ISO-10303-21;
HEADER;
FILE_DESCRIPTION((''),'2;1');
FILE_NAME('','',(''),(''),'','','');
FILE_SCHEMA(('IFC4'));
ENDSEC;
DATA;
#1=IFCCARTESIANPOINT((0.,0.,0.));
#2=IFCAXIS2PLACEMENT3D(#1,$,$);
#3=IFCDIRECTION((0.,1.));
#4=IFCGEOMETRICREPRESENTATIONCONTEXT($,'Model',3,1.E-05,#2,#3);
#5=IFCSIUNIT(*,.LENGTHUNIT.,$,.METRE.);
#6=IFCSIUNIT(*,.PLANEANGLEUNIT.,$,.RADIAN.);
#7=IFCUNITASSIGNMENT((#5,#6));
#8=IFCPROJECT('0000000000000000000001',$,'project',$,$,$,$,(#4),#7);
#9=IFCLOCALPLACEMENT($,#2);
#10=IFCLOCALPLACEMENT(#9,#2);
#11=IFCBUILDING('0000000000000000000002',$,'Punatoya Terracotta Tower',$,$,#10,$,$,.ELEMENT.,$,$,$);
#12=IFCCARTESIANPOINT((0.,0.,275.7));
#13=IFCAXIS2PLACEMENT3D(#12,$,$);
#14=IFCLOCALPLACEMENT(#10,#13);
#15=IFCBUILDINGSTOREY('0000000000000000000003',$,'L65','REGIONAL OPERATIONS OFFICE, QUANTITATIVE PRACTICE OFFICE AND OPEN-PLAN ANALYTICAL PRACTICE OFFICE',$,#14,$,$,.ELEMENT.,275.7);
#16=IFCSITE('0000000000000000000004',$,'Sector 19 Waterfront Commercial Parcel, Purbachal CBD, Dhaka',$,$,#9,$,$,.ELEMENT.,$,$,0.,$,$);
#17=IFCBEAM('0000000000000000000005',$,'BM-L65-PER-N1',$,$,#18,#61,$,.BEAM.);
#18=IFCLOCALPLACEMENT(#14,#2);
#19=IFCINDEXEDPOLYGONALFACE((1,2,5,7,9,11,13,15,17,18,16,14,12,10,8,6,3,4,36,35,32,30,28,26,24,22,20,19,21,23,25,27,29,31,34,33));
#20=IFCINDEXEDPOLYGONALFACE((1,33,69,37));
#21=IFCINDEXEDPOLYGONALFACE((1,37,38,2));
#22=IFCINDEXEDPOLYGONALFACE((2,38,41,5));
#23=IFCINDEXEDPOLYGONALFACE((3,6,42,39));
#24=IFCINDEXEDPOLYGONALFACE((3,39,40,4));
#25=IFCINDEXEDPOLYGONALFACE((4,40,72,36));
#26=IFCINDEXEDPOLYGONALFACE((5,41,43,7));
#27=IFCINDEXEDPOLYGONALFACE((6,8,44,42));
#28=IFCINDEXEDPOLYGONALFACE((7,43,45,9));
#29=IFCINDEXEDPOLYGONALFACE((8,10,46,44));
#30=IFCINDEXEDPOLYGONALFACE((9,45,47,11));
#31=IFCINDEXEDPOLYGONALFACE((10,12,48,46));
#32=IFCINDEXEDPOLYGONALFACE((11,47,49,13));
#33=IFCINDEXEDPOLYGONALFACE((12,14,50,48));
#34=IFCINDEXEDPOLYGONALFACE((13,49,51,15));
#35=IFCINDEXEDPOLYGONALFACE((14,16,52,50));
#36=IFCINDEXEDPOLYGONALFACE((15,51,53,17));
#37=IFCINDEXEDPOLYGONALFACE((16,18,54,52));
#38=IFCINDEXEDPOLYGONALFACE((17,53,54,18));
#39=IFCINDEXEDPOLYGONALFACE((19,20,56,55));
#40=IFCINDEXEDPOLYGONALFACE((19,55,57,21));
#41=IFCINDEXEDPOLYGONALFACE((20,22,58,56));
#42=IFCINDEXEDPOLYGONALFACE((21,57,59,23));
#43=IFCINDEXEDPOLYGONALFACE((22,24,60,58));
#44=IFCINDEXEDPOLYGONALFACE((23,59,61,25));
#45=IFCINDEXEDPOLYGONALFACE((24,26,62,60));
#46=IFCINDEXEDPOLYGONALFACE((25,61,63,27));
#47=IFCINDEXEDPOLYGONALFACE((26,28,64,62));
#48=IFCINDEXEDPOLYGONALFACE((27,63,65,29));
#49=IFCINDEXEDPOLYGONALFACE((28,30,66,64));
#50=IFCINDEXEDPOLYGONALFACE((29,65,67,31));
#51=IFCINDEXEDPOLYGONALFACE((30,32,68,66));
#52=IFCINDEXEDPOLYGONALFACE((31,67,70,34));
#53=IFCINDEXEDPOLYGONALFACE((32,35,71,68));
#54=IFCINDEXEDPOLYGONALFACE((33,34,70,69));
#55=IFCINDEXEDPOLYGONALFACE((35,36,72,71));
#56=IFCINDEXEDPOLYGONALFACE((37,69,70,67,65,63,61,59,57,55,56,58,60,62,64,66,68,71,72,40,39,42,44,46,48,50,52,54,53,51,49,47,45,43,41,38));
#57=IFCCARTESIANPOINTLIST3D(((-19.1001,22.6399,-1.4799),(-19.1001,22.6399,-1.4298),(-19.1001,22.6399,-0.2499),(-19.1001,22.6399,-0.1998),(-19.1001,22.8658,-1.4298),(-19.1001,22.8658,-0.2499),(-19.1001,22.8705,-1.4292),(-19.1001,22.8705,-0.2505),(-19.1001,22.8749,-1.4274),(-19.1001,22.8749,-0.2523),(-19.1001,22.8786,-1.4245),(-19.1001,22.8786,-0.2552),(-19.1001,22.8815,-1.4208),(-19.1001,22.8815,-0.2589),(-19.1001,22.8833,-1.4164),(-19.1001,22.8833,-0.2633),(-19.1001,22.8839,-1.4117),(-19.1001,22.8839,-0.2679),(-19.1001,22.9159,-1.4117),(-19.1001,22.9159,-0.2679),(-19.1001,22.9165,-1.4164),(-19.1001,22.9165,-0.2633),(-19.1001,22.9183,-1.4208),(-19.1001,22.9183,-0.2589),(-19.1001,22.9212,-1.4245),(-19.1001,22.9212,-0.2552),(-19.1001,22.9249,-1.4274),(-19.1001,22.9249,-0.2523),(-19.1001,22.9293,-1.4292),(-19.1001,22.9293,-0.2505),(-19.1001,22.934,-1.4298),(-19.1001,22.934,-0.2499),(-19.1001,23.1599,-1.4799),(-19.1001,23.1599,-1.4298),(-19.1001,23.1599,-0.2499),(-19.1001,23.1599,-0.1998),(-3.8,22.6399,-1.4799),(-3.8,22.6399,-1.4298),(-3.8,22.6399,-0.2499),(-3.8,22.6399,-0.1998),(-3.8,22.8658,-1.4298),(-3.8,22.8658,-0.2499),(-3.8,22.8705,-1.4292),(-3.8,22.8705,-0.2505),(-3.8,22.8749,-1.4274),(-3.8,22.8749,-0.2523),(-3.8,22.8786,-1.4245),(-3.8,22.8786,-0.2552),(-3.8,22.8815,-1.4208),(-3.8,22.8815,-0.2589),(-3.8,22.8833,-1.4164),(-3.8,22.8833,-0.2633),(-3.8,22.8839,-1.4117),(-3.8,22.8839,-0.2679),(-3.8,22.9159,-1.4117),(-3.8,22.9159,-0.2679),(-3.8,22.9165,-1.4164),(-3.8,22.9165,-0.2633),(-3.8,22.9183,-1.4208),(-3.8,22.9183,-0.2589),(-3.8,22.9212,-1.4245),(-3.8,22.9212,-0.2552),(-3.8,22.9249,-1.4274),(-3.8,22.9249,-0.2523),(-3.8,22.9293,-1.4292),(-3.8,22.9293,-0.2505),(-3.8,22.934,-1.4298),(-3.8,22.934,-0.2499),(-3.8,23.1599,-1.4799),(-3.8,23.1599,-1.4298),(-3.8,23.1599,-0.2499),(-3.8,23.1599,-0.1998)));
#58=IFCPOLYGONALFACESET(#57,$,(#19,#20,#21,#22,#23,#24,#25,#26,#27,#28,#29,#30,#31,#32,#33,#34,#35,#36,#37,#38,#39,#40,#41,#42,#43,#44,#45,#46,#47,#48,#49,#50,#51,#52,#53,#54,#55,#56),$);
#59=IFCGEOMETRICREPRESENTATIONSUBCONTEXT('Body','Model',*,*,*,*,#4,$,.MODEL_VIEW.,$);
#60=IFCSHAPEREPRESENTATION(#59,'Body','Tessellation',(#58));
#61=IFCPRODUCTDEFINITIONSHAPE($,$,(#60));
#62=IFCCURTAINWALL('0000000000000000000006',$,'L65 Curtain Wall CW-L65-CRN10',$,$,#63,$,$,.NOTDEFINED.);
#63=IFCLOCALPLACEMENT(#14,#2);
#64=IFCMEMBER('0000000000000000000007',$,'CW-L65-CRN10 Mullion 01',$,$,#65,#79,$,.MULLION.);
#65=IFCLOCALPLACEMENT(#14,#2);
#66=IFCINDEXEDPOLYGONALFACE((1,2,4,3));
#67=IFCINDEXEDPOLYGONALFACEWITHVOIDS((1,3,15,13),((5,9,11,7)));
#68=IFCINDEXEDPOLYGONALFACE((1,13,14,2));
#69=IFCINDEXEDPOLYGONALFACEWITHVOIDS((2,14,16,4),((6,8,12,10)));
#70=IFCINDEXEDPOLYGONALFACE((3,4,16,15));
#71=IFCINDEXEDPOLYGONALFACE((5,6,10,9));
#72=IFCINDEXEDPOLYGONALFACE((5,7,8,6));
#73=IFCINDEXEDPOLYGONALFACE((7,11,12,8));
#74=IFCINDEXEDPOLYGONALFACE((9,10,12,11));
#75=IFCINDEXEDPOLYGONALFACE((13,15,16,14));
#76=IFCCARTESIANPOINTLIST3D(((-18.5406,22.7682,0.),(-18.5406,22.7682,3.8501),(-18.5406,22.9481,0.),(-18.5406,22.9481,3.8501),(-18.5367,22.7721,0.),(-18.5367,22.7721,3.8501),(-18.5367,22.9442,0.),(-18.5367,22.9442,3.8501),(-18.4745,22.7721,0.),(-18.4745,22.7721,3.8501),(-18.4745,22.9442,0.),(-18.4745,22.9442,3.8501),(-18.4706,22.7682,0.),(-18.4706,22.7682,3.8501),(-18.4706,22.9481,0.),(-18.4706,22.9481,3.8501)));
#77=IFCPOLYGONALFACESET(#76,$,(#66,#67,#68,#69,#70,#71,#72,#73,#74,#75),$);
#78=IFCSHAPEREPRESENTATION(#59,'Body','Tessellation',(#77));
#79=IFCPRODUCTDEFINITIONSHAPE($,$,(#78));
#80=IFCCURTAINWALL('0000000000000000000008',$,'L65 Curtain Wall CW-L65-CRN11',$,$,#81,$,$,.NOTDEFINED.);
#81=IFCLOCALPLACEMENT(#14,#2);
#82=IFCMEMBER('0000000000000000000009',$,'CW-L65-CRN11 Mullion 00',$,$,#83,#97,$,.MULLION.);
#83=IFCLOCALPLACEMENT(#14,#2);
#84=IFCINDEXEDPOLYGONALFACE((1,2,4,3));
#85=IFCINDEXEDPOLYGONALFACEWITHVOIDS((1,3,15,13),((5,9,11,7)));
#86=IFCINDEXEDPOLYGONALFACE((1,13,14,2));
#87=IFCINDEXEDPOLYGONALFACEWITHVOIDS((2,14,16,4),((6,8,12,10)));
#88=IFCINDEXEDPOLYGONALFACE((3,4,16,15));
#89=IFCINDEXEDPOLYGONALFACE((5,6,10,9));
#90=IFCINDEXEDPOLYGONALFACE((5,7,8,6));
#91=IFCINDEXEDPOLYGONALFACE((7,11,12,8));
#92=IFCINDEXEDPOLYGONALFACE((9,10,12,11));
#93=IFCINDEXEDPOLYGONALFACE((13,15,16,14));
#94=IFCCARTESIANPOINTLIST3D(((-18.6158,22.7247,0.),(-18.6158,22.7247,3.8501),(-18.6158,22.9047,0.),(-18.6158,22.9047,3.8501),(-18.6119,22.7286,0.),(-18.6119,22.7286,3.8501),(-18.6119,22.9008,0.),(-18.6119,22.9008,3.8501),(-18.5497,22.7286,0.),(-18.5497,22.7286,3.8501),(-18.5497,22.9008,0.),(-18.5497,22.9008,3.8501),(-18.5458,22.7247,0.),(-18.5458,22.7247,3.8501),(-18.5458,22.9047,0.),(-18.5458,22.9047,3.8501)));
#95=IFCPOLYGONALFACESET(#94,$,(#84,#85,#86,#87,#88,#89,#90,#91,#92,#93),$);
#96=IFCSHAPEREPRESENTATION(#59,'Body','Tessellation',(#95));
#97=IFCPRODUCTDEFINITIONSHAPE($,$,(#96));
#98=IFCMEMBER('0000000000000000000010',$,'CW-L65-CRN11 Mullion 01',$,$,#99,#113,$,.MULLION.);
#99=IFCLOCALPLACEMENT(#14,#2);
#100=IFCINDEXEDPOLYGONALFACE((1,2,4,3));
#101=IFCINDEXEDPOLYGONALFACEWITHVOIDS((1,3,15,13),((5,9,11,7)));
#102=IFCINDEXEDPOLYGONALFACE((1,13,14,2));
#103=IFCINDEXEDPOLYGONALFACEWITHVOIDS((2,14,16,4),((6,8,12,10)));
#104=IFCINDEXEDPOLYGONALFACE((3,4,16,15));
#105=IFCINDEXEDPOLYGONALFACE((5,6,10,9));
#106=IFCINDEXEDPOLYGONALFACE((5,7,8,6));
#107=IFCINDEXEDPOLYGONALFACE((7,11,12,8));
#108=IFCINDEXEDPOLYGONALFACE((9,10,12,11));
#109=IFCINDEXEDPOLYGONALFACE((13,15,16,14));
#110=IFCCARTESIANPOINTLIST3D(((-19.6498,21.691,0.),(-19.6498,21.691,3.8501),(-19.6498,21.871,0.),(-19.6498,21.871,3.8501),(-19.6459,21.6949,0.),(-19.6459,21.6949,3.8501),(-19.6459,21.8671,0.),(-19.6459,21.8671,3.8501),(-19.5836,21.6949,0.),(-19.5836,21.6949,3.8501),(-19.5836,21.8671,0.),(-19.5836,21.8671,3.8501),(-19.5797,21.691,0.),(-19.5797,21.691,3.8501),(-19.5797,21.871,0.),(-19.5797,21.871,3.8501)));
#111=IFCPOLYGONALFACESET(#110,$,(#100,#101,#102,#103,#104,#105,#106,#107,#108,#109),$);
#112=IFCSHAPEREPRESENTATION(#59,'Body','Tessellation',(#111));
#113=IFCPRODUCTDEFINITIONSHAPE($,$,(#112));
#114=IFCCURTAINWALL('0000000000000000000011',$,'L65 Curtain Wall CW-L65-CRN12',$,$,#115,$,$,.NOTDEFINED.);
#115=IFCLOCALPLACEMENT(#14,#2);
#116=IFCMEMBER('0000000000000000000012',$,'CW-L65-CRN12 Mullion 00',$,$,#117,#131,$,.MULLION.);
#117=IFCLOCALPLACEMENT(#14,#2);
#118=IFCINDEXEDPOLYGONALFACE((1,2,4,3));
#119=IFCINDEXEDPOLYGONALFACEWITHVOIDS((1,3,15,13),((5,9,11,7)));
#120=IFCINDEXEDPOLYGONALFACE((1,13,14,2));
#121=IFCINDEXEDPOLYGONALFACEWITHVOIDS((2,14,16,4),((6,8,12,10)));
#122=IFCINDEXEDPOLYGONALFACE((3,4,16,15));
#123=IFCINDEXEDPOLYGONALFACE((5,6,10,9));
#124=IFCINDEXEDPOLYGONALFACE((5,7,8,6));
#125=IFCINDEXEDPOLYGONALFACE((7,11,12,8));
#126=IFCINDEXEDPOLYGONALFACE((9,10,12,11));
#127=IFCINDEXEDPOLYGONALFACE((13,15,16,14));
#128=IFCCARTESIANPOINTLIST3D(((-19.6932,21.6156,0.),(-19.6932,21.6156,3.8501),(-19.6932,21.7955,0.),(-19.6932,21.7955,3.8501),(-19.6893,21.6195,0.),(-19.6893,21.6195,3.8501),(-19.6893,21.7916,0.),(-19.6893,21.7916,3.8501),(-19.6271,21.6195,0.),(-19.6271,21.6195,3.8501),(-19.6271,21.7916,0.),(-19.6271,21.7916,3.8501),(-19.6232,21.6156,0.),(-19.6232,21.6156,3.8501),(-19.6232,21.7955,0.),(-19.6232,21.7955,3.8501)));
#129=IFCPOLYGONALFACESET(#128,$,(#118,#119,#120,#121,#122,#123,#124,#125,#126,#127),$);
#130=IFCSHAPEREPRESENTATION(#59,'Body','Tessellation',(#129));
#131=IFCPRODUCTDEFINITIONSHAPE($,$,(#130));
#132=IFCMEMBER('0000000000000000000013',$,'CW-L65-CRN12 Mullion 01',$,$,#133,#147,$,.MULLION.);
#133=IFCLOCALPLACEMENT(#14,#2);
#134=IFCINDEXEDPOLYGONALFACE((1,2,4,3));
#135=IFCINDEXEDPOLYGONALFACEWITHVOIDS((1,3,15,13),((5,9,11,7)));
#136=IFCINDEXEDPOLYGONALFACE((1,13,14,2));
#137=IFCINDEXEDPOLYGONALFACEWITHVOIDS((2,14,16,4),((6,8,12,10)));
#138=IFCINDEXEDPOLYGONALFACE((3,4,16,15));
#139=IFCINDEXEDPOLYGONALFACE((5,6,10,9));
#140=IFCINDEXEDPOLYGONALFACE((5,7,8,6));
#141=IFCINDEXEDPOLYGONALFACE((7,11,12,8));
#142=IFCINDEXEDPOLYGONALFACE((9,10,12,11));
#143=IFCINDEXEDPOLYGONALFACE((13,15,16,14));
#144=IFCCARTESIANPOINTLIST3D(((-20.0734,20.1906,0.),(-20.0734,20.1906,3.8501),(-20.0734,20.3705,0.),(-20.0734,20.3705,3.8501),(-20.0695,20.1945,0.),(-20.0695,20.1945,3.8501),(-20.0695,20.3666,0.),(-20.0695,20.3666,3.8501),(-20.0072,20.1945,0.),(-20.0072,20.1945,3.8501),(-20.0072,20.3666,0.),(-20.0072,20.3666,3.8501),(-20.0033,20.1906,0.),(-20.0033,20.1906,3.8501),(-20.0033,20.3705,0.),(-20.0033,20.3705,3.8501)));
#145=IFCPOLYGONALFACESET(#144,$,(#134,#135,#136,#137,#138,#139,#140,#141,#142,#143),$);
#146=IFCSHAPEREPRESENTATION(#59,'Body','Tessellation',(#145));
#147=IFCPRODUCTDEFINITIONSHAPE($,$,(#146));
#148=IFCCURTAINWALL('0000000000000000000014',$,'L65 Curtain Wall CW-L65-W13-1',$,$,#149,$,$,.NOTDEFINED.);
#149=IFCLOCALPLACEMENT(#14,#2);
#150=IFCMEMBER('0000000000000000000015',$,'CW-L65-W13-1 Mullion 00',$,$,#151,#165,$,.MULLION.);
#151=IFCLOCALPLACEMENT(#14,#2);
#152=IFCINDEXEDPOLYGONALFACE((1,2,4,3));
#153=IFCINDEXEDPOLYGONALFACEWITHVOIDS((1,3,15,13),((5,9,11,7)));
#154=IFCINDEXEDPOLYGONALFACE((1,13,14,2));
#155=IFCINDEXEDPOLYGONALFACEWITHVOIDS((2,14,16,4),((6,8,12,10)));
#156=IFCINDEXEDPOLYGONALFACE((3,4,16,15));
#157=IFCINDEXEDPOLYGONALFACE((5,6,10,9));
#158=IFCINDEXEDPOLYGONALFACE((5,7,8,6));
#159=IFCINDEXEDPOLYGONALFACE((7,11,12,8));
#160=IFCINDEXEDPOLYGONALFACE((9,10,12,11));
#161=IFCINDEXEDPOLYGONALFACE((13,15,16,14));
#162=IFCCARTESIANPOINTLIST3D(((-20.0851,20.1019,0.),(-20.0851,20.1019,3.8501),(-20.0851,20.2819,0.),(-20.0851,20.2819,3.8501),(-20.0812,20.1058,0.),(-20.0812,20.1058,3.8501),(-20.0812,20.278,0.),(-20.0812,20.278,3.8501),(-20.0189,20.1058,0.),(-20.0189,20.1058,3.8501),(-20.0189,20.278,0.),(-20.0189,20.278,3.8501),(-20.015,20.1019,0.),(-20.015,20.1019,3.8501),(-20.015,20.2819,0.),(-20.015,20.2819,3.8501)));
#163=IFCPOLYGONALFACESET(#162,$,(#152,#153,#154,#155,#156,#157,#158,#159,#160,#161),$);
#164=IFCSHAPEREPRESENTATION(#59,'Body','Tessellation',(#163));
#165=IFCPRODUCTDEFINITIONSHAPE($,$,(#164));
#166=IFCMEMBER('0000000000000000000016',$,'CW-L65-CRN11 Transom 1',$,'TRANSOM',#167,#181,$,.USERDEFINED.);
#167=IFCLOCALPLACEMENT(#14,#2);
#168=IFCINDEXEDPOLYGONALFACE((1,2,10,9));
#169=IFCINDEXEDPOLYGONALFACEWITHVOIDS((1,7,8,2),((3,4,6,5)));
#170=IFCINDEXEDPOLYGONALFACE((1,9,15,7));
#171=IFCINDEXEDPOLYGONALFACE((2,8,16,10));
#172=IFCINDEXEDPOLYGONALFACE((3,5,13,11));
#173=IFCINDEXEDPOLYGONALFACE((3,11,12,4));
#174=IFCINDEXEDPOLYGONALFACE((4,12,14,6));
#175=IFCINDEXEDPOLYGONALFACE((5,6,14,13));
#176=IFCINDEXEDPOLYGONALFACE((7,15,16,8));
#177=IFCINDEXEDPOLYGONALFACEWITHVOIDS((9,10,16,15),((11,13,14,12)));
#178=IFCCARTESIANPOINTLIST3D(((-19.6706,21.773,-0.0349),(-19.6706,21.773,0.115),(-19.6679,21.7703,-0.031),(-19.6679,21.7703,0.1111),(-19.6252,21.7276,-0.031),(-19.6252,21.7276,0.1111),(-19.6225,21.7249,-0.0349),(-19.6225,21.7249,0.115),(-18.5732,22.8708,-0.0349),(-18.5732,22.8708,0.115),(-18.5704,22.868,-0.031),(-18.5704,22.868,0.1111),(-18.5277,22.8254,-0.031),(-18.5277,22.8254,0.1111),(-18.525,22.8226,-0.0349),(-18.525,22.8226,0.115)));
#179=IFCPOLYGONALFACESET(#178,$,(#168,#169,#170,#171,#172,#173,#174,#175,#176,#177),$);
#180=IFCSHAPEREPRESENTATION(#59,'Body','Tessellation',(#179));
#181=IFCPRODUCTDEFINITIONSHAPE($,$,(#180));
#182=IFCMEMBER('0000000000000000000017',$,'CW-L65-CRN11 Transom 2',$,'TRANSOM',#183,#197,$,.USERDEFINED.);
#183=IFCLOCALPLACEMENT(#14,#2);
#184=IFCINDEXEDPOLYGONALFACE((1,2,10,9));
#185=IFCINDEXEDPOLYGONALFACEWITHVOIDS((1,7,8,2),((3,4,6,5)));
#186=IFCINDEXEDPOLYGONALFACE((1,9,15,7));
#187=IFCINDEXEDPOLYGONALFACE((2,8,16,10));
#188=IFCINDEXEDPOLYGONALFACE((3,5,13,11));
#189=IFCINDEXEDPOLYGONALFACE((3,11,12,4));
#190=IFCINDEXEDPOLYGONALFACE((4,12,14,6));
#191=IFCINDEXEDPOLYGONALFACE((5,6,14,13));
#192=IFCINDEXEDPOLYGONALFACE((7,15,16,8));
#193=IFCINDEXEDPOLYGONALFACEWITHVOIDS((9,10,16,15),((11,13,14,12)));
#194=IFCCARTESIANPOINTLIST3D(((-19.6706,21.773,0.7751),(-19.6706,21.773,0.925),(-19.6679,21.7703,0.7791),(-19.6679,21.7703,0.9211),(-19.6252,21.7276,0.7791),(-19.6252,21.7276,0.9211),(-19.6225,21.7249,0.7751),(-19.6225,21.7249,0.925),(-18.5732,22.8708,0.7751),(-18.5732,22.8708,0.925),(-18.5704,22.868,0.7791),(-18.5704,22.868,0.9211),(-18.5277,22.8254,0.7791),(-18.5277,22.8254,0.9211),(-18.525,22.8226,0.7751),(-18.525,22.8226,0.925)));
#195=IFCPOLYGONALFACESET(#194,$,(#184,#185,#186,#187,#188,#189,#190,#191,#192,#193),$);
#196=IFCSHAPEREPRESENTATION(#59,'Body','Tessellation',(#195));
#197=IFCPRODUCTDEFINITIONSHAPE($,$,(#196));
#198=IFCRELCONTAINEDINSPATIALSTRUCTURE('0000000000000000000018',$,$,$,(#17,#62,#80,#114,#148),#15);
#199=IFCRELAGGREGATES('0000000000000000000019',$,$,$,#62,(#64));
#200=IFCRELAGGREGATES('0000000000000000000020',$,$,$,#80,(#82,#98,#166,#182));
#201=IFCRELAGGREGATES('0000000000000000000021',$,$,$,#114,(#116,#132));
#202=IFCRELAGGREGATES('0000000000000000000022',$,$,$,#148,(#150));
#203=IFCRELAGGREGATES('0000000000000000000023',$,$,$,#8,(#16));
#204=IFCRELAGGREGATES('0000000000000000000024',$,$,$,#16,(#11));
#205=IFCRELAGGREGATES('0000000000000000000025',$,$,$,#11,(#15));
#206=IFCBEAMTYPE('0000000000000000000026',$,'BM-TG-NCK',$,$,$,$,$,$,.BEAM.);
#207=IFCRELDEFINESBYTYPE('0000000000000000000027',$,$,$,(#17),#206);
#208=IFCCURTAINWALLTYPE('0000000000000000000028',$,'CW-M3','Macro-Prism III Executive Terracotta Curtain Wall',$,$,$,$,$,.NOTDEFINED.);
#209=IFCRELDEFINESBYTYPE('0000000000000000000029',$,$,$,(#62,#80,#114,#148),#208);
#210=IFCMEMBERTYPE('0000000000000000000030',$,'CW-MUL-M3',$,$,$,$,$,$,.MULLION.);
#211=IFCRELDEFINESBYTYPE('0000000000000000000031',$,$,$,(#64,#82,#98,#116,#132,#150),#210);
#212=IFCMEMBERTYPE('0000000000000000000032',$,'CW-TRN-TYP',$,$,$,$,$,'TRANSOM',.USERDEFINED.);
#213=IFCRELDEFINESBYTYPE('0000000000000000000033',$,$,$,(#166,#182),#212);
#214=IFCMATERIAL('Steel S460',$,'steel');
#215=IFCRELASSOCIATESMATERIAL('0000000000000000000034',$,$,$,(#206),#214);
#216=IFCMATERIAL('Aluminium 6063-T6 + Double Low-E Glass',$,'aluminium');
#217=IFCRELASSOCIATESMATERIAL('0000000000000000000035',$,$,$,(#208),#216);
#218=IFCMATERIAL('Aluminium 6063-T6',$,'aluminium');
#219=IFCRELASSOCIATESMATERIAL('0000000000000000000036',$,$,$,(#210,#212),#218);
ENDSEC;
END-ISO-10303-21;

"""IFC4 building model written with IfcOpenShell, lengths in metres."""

from ifc_helpers import new_model, si_unit, direction, frame, origin, origin_2d, place, context, subcontext, project, spatial, hollow_rectangle, i_section, extrude, material, material_profile, profile_set, type_object, element, aggregate, save


model = new_model("IFC4")

# Units and contexts
model_context = context("Model", 3, precision=1e-05, world=origin(), true_north=direction((0.0, 1.0)))
body_context = subcontext(model_context, "Body", "Model", "MODEL_VIEW")
ifc_project = project(units=[si_unit("LENGTHUNIT", "METRE"), si_unit("PLANEANGLEUNIT", "RADIAN")], contexts=[model_context])

# Site, building, storey
site_placement = place(None, origin())
site = spatial("IfcSite", under=ifc_project, at=site_placement, Name="Sector 19 Waterfront Commercial Parcel, Purbachal CBD, Dhaka", CompositionType="ELEMENT", RefElevation=0.0)
building_placement = place(site_placement, origin())
building = spatial("IfcBuilding", under=site, at=building_placement, Name="Punatoya Terracotta Tower", CompositionType="ELEMENT")
storey_placement = place(building_placement, frame((0.0, 0.0, 275.7)))
storey = spatial("IfcBuildingStorey", under=building, at=storey_placement, Name="L65", Description="REGIONAL OPERATIONS OFFICE, QUANTITATIVE PRACTICE OFFICE AND OPEN-PLAN ANALYTICAL PRACTICE OFFICE", CompositionType="ELEMENT", Elevation=275.7)

# Shared definitions
ifc_material_1 = material(Name="Steel S460", Category="steel")

# Beam
ifc_material_profile_1 = material_profile(ifc_material_1, i_section(OverallWidth=0.52, OverallDepth=1.28, WebThickness=0.032, FlangeThickness=0.05, FilletRadius=0.0181, at=origin_2d()))
ifc_profile_set_1 = profile_set([ifc_material_profile_1], Name="Steel S460")
beam_type_1 = type_object("IfcBeamType", Name="BM-TG-NCK", PredefinedType="BEAM", material=ifc_profile_set_1)
beam_1_placement = place(storey_placement, frame((-19.1001, 22.8999, -0.8398), z_axis=(1.0, 0.0, 0.0), x_axis=(0.0, 1.0, 0.0)))
element("IfcBeam", 1, at=beam_1_placement, inside=storey, type_object=beam_type_1, Name="BM-L65-PER-N1", PredefinedType="BEAM", context=body_context, shape_type="SweptSolid", body=[
    extrude(i_section(OverallWidth=0.52, OverallDepth=1.28, WebThickness=0.032, FlangeThickness=0.05, FilletRadius=0.0181, at=origin_2d()), origin(), (0.0, 0.0, 1.0), 15.3),
])

# Curtain wall, member
ifc_material_2 = material(Name="Aluminium 6063-T6 + Double Low-E Glass", Category="aluminium")
curtain_wall_type = type_object("IfcCurtainWallType", Name="CW-M3", Description="Macro-Prism III Executive Terracotta Curtain Wall", PredefinedType="NOTDEFINED", material=ifc_material_2)
curtain_wall_1_placement = place(storey_placement, origin())
curtain_wall_1 = element("IfcCurtainWall", 2, at=curtain_wall_1_placement, inside=storey, type_object=curtain_wall_type, Name="L65 Curtain Wall CW-L65-CRN10", PredefinedType="NOTDEFINED")
ifc_material_3 = material(Name="Aluminium 6063-T6", Category="aluminium")
ifc_material_profile_2 = material_profile(ifc_material_3, hollow_rectangle(XDim=0.0701, YDim=0.1799, WallThickness=0.0039, at=origin_2d()))
ifc_profile_set_2 = profile_set([ifc_material_profile_2], Name="Aluminium 6063-T6")
member_type_1 = type_object("IfcMemberType", Name="CW-MUL-M3", PredefinedType="MULLION", material=ifc_profile_set_2)
member_1_placement = place(storey_placement, frame((-18.5056, 22.8582, 0.0), z_axis=(0.0, 0.0, 1.0), x_axis=(1.0, 0.0, 0.0)))
member_1 = element("IfcMember", 3, at=member_1_placement, type_object=member_type_1, Name="CW-L65-CRN10 Mullion 01", PredefinedType="MULLION", context=body_context, shape_type="SweptSolid", body=[
    extrude(hollow_rectangle(XDim=0.0701, YDim=0.1799, WallThickness=0.0039, at=origin_2d()), origin(), (0.0, 0.0, 1.0), 3.8501),
])

# Curtain walls, members
curtain_wall_2_placement = place(storey_placement, origin())
curtain_wall_2 = element("IfcCurtainWall", 4, at=curtain_wall_2_placement, inside=storey, type_object=curtain_wall_type, Name="L65 Curtain Wall CW-L65-CRN11", PredefinedType="NOTDEFINED")
member_2_placement = place(storey_placement, frame((-18.5808, 22.8147, 0.0), z_axis=(0.0, 0.0, 1.0), x_axis=(1.0, 0.0, 0.0)))
member_2 = element("IfcMember", 5, at=member_2_placement, type_object=member_type_1, Name="CW-L65-CRN11 Mullion 00", PredefinedType="MULLION", context=body_context, shape_type="SweptSolid", body=[
    extrude(hollow_rectangle(XDim=0.0701, YDim=0.1799, WallThickness=0.0039, at=origin_2d()), origin(), (0.0, 0.0, 1.0), 3.8501),
])
member_3_placement = place(storey_placement, frame((-19.6147, 21.781, 0.0), z_axis=(0.0, 0.0, 1.0), x_axis=(1.0, 0.0, 0.0)))
member_3 = element("IfcMember", 6, at=member_3_placement, type_object=member_type_1, Name="CW-L65-CRN11 Mullion 01", PredefinedType="MULLION", context=body_context, shape_type="SweptSolid", body=[
    extrude(hollow_rectangle(XDim=0.0701, YDim=0.1799, WallThickness=0.0039, at=origin_2d()), origin(), (0.0, 0.0, 1.0), 3.8501),
])
curtain_wall_3_placement = place(storey_placement, origin())
curtain_wall_3 = element("IfcCurtainWall", 7, at=curtain_wall_3_placement, inside=storey, type_object=curtain_wall_type, Name="L65 Curtain Wall CW-L65-CRN12", PredefinedType="NOTDEFINED")
member_4_placement = place(storey_placement, frame((-19.6582, 21.7056, 0.0), z_axis=(0.0, 0.0, 1.0), x_axis=(1.0, 0.0, 0.0)))
member_4 = element("IfcMember", 8, at=member_4_placement, type_object=member_type_1, Name="CW-L65-CRN12 Mullion 00", PredefinedType="MULLION", context=body_context, shape_type="SweptSolid", body=[
    extrude(hollow_rectangle(XDim=0.0701, YDim=0.1799, WallThickness=0.0039, at=origin_2d()), origin(), (0.0, 0.0, 1.0), 3.8501),
])
member_5_placement = place(storey_placement, frame((-20.0383, 20.2805, 0.0), z_axis=(0.0, 0.0, 1.0), x_axis=(1.0, 0.0, 0.0)))
member_5 = element("IfcMember", 9, at=member_5_placement, type_object=member_type_1, Name="CW-L65-CRN12 Mullion 01", PredefinedType="MULLION", context=body_context, shape_type="SweptSolid", body=[
    extrude(hollow_rectangle(XDim=0.0701, YDim=0.1799, WallThickness=0.0039, at=origin_2d()), origin(), (0.0, 0.0, 1.0), 3.8501),
])

# Curtain wall, member
curtain_wall_4_placement = place(storey_placement, origin())
curtain_wall_4 = element("IfcCurtainWall", 10, at=curtain_wall_4_placement, inside=storey, type_object=curtain_wall_type, Name="L65 Curtain Wall CW-L65-W13-1", PredefinedType="NOTDEFINED")
member_6_placement = place(storey_placement, frame((-20.05, 20.1919, 0.0), z_axis=(0.0, 0.0, 1.0), x_axis=(1.0, 0.0, 0.0)))
member_6 = element("IfcMember", 11, at=member_6_placement, type_object=member_type_1, Name="CW-L65-W13-1 Mullion 00", PredefinedType="MULLION", context=body_context, shape_type="SweptSolid", body=[
    extrude(hollow_rectangle(XDim=0.0701, YDim=0.1799, WallThickness=0.0039, at=origin_2d()), origin(), (0.0, 0.0, 1.0), 3.8501),
])

# Members
ifc_material_profile_3 = material_profile(ifc_material_3, hollow_rectangle(XDim=0.0681, YDim=0.1499, WallThickness=0.0039, at=origin_2d()))
ifc_profile_set_3 = profile_set([ifc_material_profile_3], Name="Aluminium 6063-T6")
member_type_2 = type_object("IfcMemberType", Name="CW-TRN-TYP", ElementType="TRANSOM", PredefinedType="USERDEFINED", material=ifc_profile_set_3)
member_7_placement = place(storey_placement, frame((-18.5491, 22.8467, 0.04), z_axis=(-0.707028, -0.707185, 0.0), x_axis=(0.707185, -0.707028, 0.0)))
member_7 = element("IfcMember", 12, at=member_7_placement, type_object=member_type_2, Name="CW-L65-CRN11 Transom 1", ObjectType="TRANSOM", PredefinedType="USERDEFINED", context=body_context, shape_type="SweptSolid", body=[
    extrude(hollow_rectangle(XDim=0.0681, YDim=0.1499, WallThickness=0.0039, at=origin_2d()), origin(), (0.0, 0.0, 1.0), 1.5522),
])
member_8_placement = place(storey_placement, frame((-18.5491, 22.8467, 0.8501), z_axis=(-0.707028, -0.707185, 0.0), x_axis=(0.707185, -0.707028, 0.0)))
member_8 = element("IfcMember", 13, at=member_8_placement, type_object=member_type_2, Name="CW-L65-CRN11 Transom 2", ObjectType="TRANSOM", PredefinedType="USERDEFINED", context=body_context, shape_type="SweptSolid", body=[
    extrude(hollow_rectangle(XDim=0.0681, YDim=0.1499, WallThickness=0.0039, at=origin_2d()), origin(), (0.0, 0.0, 1.0), 1.5522),
])

aggregate(curtain_wall_1, [member_1])
aggregate(curtain_wall_2, [member_2, member_3, member_7, member_8])
aggregate(curtain_wall_3, [member_4, member_5])
aggregate(curtain_wall_4, [member_6])

save(model, "model.ifc")
